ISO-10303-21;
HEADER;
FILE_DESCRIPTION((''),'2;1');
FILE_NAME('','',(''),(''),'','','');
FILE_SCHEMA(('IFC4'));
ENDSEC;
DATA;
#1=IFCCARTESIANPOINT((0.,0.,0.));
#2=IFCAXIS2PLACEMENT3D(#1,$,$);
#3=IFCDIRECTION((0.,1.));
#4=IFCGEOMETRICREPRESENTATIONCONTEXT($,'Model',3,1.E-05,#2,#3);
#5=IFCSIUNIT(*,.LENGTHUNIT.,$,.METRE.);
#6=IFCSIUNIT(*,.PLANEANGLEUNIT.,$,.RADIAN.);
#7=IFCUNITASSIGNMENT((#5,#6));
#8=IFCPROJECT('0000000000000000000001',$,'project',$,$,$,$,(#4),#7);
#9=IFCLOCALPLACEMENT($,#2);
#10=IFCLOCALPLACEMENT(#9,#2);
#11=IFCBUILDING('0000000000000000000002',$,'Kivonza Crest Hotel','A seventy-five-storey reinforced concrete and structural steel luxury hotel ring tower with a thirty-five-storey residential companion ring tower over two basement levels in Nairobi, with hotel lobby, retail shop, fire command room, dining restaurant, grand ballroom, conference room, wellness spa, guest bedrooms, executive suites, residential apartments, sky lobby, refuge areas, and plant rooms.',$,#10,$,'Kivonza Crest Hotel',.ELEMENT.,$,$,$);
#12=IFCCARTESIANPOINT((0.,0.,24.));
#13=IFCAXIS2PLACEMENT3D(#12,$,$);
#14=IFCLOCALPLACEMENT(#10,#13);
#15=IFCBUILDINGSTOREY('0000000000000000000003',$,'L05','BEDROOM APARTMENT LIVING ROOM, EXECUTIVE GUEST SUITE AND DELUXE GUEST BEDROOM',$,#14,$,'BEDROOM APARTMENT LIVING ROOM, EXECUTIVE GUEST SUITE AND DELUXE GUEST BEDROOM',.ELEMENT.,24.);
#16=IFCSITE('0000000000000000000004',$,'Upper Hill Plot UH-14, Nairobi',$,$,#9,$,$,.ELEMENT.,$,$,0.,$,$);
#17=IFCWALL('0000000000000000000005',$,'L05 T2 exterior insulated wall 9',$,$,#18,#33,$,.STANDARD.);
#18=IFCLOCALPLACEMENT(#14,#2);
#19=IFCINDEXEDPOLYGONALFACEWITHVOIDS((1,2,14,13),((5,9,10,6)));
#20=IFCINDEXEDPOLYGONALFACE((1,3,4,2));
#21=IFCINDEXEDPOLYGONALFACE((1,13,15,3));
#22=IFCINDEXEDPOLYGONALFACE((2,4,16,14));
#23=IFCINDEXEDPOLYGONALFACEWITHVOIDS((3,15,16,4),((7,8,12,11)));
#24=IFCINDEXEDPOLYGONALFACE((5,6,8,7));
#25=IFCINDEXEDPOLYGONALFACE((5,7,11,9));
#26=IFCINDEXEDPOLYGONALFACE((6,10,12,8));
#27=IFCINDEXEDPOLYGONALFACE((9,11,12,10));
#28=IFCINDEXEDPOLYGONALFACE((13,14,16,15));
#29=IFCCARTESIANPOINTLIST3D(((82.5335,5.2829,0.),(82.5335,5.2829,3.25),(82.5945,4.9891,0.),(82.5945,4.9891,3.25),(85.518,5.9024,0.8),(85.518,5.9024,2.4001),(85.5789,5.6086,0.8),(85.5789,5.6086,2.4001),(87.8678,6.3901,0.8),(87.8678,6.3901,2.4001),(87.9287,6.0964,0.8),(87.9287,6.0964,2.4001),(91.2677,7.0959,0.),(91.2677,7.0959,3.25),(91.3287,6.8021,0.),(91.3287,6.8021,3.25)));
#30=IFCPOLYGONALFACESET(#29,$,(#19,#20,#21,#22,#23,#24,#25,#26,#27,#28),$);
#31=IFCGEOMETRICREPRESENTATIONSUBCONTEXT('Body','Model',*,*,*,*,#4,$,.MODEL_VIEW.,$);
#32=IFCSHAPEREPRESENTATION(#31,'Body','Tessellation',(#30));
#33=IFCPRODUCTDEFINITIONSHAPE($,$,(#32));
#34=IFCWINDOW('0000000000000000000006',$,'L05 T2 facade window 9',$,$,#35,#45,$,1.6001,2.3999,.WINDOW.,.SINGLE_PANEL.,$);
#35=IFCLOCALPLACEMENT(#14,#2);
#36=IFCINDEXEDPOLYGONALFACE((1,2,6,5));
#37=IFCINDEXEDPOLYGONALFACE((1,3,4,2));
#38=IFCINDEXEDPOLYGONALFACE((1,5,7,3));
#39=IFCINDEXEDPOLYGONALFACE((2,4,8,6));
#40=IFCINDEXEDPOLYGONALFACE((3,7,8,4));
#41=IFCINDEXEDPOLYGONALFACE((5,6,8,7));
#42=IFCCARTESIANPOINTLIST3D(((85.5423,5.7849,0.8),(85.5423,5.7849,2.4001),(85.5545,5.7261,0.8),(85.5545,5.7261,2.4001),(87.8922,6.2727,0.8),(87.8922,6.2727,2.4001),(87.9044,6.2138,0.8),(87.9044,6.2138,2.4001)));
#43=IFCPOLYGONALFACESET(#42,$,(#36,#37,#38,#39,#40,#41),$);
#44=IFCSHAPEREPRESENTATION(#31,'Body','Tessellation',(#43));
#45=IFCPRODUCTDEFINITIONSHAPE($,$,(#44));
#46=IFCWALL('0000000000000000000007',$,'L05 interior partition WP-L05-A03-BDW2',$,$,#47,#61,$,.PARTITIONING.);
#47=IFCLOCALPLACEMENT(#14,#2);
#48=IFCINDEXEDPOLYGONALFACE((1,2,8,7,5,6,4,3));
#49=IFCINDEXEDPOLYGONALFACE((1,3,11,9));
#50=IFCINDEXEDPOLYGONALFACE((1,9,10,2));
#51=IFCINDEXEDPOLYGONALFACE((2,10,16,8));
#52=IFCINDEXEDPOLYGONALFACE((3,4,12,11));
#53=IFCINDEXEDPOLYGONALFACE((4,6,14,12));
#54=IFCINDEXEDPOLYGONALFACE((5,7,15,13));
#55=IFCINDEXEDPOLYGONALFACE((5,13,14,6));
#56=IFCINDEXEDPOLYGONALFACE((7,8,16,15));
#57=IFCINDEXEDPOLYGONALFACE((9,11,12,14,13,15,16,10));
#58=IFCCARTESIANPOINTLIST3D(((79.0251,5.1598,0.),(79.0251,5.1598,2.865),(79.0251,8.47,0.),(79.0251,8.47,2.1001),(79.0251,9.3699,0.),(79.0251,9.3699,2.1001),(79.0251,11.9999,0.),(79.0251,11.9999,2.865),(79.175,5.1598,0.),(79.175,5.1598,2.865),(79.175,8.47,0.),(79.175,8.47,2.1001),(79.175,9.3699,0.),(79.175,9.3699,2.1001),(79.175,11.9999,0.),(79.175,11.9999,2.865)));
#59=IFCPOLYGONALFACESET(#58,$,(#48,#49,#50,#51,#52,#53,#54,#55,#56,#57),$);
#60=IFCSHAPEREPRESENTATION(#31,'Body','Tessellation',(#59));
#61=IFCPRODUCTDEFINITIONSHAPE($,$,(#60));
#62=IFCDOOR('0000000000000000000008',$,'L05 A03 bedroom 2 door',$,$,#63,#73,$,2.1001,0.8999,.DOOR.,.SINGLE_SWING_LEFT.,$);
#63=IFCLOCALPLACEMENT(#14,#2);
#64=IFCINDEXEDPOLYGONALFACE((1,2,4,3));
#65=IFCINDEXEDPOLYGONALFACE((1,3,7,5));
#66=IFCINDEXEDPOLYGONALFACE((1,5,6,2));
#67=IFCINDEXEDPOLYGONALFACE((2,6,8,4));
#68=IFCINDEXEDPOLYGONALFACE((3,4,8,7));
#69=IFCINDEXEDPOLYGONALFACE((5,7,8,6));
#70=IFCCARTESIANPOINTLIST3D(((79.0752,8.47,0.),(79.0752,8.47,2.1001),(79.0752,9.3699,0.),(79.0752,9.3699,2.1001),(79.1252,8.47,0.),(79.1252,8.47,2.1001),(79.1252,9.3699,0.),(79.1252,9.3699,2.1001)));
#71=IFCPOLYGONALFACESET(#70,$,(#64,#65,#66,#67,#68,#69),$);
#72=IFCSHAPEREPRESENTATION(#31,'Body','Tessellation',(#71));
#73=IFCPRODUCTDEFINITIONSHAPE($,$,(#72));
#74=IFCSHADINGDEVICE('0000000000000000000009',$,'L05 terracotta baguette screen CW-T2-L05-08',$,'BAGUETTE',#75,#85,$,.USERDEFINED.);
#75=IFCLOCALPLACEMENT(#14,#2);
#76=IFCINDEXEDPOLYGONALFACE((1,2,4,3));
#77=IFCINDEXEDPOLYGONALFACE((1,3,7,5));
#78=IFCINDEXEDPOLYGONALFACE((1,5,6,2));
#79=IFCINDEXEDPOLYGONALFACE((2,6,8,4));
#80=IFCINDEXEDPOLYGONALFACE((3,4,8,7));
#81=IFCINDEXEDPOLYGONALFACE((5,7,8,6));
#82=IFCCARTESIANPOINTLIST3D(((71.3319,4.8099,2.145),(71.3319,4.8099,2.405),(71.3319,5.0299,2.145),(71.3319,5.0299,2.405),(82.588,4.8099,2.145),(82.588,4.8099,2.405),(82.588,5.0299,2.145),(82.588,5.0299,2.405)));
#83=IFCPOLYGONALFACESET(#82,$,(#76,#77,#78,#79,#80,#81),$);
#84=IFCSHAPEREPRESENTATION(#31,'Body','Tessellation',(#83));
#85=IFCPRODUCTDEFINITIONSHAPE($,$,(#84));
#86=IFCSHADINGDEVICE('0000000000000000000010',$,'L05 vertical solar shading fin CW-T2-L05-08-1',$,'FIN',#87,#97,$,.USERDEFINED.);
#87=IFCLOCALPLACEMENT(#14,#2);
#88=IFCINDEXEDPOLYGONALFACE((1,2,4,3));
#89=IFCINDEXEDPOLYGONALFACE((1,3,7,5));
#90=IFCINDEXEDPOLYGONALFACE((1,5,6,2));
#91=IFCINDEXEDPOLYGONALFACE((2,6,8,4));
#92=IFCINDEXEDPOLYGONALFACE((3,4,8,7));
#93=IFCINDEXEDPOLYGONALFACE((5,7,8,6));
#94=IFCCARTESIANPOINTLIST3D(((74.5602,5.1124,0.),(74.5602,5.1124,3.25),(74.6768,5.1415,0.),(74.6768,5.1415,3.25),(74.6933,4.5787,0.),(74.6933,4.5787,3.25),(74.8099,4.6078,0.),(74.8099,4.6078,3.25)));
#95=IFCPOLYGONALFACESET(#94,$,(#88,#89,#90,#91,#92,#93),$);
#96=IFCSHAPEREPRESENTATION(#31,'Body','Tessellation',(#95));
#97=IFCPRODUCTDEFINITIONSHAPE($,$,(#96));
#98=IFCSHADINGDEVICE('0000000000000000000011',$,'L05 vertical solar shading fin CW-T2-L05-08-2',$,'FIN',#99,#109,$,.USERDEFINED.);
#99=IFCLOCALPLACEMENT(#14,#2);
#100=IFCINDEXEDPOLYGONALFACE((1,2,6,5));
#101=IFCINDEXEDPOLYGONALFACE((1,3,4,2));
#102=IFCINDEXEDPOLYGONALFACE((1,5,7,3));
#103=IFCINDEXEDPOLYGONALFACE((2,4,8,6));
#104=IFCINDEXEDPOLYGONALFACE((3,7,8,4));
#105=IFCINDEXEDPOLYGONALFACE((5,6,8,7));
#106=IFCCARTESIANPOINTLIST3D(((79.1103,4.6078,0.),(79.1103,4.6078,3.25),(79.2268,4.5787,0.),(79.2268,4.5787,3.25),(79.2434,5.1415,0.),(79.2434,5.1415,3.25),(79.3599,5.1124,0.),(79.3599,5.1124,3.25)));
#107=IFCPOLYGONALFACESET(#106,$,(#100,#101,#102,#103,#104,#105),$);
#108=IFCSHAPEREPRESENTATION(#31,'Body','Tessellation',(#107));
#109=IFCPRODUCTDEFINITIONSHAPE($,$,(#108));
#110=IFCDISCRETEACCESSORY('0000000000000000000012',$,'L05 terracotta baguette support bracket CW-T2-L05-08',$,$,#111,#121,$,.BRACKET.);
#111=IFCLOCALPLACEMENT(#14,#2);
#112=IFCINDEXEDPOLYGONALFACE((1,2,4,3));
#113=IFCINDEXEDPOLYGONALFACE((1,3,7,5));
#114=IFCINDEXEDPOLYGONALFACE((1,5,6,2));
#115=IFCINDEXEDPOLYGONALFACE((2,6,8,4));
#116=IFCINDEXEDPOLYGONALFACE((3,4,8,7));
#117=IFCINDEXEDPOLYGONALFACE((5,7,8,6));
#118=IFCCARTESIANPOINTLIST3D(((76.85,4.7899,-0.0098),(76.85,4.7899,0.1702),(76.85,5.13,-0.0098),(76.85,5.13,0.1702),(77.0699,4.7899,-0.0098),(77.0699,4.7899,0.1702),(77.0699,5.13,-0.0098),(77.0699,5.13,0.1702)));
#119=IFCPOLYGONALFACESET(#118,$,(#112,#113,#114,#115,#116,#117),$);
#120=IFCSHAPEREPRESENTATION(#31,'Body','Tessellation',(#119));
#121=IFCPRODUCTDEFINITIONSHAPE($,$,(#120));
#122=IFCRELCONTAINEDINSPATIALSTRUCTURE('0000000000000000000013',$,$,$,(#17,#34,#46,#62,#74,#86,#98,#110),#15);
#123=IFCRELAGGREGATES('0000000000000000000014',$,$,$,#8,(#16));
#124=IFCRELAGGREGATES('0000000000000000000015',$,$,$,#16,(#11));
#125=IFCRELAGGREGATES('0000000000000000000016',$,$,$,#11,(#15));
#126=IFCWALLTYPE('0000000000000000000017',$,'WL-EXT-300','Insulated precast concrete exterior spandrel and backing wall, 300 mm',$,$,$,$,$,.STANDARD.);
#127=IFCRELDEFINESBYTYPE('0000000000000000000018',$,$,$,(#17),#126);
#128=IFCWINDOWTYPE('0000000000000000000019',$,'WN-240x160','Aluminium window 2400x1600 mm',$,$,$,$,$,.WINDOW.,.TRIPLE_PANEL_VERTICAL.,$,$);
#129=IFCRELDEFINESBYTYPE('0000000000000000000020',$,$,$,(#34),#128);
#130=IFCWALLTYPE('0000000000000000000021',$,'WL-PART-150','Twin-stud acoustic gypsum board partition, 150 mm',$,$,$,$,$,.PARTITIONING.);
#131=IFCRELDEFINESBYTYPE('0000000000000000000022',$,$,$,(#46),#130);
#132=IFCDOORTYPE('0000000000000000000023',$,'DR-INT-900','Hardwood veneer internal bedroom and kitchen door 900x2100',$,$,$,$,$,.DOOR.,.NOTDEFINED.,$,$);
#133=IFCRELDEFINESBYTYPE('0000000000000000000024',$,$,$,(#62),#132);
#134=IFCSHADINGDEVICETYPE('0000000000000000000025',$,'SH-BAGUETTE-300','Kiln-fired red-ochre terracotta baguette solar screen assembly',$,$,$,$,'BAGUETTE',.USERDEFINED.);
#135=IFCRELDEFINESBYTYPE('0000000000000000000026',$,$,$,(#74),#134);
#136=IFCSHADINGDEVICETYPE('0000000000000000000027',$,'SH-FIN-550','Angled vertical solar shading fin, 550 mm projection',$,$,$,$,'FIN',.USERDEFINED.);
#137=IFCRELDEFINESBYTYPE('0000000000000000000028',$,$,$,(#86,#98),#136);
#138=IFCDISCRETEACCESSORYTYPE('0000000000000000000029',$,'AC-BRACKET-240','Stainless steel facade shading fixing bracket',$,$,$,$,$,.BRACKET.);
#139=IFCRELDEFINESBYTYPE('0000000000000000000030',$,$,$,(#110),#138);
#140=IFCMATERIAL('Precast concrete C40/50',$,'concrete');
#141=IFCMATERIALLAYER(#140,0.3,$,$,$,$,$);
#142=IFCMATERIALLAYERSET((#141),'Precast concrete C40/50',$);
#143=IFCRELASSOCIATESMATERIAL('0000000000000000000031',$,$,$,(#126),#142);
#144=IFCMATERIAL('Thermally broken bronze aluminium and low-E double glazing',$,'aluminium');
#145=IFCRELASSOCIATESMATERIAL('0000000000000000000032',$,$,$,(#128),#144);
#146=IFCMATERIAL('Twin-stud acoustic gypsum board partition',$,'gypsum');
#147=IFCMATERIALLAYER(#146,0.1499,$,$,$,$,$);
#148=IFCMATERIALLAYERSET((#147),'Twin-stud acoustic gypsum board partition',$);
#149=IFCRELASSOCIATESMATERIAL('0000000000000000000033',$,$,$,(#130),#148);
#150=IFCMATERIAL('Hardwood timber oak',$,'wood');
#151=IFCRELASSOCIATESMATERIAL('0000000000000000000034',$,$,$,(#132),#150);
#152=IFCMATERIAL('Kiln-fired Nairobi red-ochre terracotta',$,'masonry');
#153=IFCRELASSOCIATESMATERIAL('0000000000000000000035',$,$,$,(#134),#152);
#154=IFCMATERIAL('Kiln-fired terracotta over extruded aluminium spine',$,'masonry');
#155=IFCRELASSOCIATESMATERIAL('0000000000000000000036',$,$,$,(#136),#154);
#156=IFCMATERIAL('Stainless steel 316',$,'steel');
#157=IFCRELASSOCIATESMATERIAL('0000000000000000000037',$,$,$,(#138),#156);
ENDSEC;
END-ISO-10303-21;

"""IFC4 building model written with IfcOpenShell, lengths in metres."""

from ifc_helpers import new_model, si_unit, direction, frame, frame_2d, origin, origin_2d, place, context, subcontext, project, spatial, rectangle, extrude, material, layer, layer_set, type_object, element, fill, save


model = new_model("IFC4")

# Units and contexts
model_context = context("Model", 3, precision=1e-05, world=origin(), true_north=direction((0.0, 1.0)))
body_context = subcontext(model_context, "Body", "Model", "MODEL_VIEW")
ifc_project = project(units=[si_unit("LENGTHUNIT", "METRE"), si_unit("PLANEANGLEUNIT", "RADIAN")], contexts=[model_context])

# Site, building, storey
site_placement = place(None, origin())
site = spatial("IfcSite", under=ifc_project, at=site_placement, Name="Upper Hill Plot UH-14, Nairobi", CompositionType="ELEMENT", RefElevation=0.0)
building_placement = place(site_placement, origin())
building = spatial("IfcBuilding", under=site, at=building_placement, Name="Kivonza Crest Hotel", Description="A seventy-five-storey reinforced concrete and structural steel luxury hotel ring tower with a thirty-five-storey residential companion ring tower over two basement levels in Nairobi, with hotel lobby, retail shop, fire command room, dining restaurant, grand ballroom, conference room, wellness spa, guest bedrooms, executive suites, residential apartments, sky lobby, refuge areas, and plant rooms.", LongName="Kivonza Crest Hotel", CompositionType="ELEMENT")
storey_placement = place(building_placement, frame((0.0, 0.0, 24.0)))
storey = spatial("IfcBuildingStorey", under=building, at=storey_placement, Name="L05", Description="BEDROOM APARTMENT LIVING ROOM, EXECUTIVE GUEST SUITE AND DELUXE GUEST BEDROOM", LongName="BEDROOM APARTMENT LIVING ROOM, EXECUTIVE GUEST SUITE AND DELUXE GUEST BEDROOM", CompositionType="ELEMENT", Elevation=24.0)

# Wall, opening, window
ifc_material_1 = material(Name="Precast concrete C40/50", Category="concrete")
ifc_layer_1 = layer(ifc_material_1, 0.3)
ifc_layer_set_1 = layer_set([ifc_layer_1], Name="Precast concrete C40/50")
wall_type_1 = type_object("IfcWallType", Name="WL-EXT-300", Description="Insulated precast concrete exterior spandrel and backing wall, 300 mm", PredefinedType="STANDARD", material=ifc_layer_set_1)
wall_1_placement = place(storey_placement, frame((82.564, 5.136, 0.0), z_axis=(0.0, 0.0, 1.0), x_axis=(0.979128, 0.203243, 0.0)))
wall_1 = element("IfcWall", 1, at=wall_1_placement, inside=storey, type_object=wall_type_1, Name="L05 T2 exterior insulated wall 9", PredefinedType="STANDARD", context=body_context, shape_type="SweptSolid", body=[
    extrude(rectangle(XDim=8.9204, YDim=0.3, at=frame_2d((4.4602, 0.0))), origin(), (0.0, 0.0, 1.0), 3.25),
])
opening_1_placement = place(wall_1_placement, frame((3.0481, 0.0, 0.8)))
opening_1 = element("IfcOpeningElement", 2, at=opening_1_placement, cuts=wall_1, PredefinedType="OPENING", context=body_context, shape_type="SweptSolid", body=[
    extrude(rectangle(XDim=2.3999, YDim=1.6001, at=frame_2d((1.2, 0.8))), frame((0.0, 0.1602, 0.0), z_axis=(0.0, -1.0, 0.0), x_axis=(1.0, 0.0, 0.0)), (0.0, 0.0, 1.0), 0.3201),
])
ifc_material_2 = material(Name="Thermally broken bronze aluminium and low-E double glazing", Category="aluminium")
window_type = type_object("IfcWindowType", Name="WN-240x160", Description="Aluminium window 2400x1600 mm", PartitioningType="TRIPLE_PANEL_VERTICAL", PredefinedType="WINDOW", material=ifc_material_2)
window_placement = place(opening_1_placement, origin())
window = element("IfcWindow", 3, at=window_placement, inside=storey, type_object=window_type, Name="L05 T2 facade window 9", OverallHeight=1.6001, OverallWidth=2.3999, PartitioningType="SINGLE_PANEL", PredefinedType="WINDOW", context=body_context, shape_type="SweptSolid", body=[
    extrude(rectangle(XDim=2.3999, YDim=1.6001, at=frame_2d((1.2, 0.8))), frame((0.0, 0.03, 0.0), z_axis=(0.0, -1.0, 0.0), x_axis=(1.0, 0.0, 0.0)), (0.0, 0.0, 1.0), 0.0601),
])
fill(opening_1, window)

# Wall, opening, door
ifc_material_3 = material(Name="Twin-stud acoustic gypsum board partition", Category="gypsum")
ifc_layer_2 = layer(ifc_material_3, 0.1499)
ifc_layer_set_2 = layer_set([ifc_layer_2], Name="Twin-stud acoustic gypsum board partition")
wall_type_2 = type_object("IfcWallType", Name="WL-PART-150", Description="Twin-stud acoustic gypsum board partition, 150 mm", PredefinedType="PARTITIONING", material=ifc_layer_set_2)
wall_2_placement = place(storey_placement, frame((79.1001, 5.1599, 0.0), z_axis=(0.0, 0.0, 1.0), x_axis=(0.0, 1.0, 0.0)))
wall_2 = element("IfcWall", 4, at=wall_2_placement, inside=storey, type_object=wall_type_2, Name="L05 interior partition WP-L05-A03-BDW2", PredefinedType="PARTITIONING", context=body_context, shape_type="SweptSolid", body=[
    extrude(rectangle(XDim=6.8401, YDim=0.1499, at=frame_2d((3.4199, 0.0))), origin(), (0.0, 0.0, 1.0), 2.865),
])
opening_2_placement = place(wall_2_placement, frame((3.3101, 0.0, 0.0)))
opening_2 = element("IfcOpeningElement", 5, at=opening_2_placement, cuts=wall_2, PredefinedType="OPENING", context=body_context, shape_type="SweptSolid", body=[
    extrude(rectangle(XDim=0.8999, YDim=2.1001, at=frame_2d((0.45, 1.05))), frame((0.0, 0.085, 0.0), z_axis=(0.0, -1.0, 0.0), x_axis=(1.0, 0.0, 0.0)), (0.0, 0.0, 1.0), 0.1699),
])
ifc_material_4 = material(Name="Hardwood timber oak", Category="wood")
door_type = type_object("IfcDoorType", Name="DR-INT-900", Description="Hardwood veneer internal bedroom and kitchen door 900x2100", OperationType="NOTDEFINED", PredefinedType="DOOR", material=ifc_material_4)
door_placement = place(opening_2_placement, origin())
door = element("IfcDoor", 6, at=door_placement, inside=storey, type_object=door_type, Name="L05 A03 bedroom 2 door", OperationType="SINGLE_SWING_LEFT", OverallHeight=2.1001, OverallWidth=0.8999, PredefinedType="DOOR", context=body_context, shape_type="SweptSolid", body=[
    extrude(rectangle(XDim=0.8999, YDim=2.1001, at=frame_2d((0.45, 1.05))), frame((0.0, 0.0249, 0.0), z_axis=(0.0, -1.0, 0.0), x_axis=(1.0, 0.0, 0.0)), (0.0, 0.0, 1.0), 0.05),
])
fill(opening_2, door)

# Shading devices
ifc_material_5 = material(Name="Kiln-fired Nairobi red-ochre terracotta", Category="masonry")
shading_device_type_1 = type_object("IfcShadingDeviceType", Name="SH-BAGUETTE-300", Description="Kiln-fired red-ochre terracotta baguette solar screen assembly", ElementType="BAGUETTE", PredefinedType="USERDEFINED", material=ifc_material_5)
shading_device_placement = place(storey_placement, frame((76.96, 4.9199, 2.145), z_axis=(0.0, 0.0, 1.0), x_axis=(1.0, 0.0, 0.0)))
element("IfcShadingDevice", 7, at=shading_device_placement, inside=storey, type_object=shading_device_type_1, Name="L05 terracotta baguette screen CW-T2-L05-08", ObjectType="BAGUETTE", PredefinedType="USERDEFINED", context=body_context, shape_type="SweptSolid", body=[
    extrude(rectangle(XDim=11.2561, YDim=0.22, at=origin_2d()), origin(), (0.0, 0.0, 1.0), 0.26),
])
ifc_material_6 = material(Name="Kiln-fired terracotta over extruded aluminium spine", Category="masonry")
shading_device_type_2 = type_object("IfcShadingDeviceType", Name="SH-FIN-550", Description="Angled vertical solar shading fin, 550 mm projection", ElementType="FIN", PredefinedType="USERDEFINED", material=ifc_material_6)
for number, where, z_axis, x_axis, name in (
    (8, (74.6851, 4.8601, 0.0), (0.0, 0.0, 1.0), (0.970296, 0.241922, 0.0), "L05 vertical solar shading fin CW-T2-L05-08-1"),
    (9, (79.2351, 4.8601, 0.0), (0.0, 0.0, 1.0), (0.970296, -0.241922, 0.0), "L05 vertical solar shading fin CW-T2-L05-08-2"),
):
    element("IfcShadingDevice", number, at=place(storey_placement, frame(where, z_axis=z_axis, x_axis=x_axis)), inside=storey, type_object=shading_device_type_2, Name=name, ObjectType="FIN", PredefinedType="USERDEFINED", context=body_context, shape_type="SweptSolid", body=[
        extrude(rectangle(XDim=0.1201, YDim=0.55, at=origin_2d()), origin(), (0.0, 0.0, 1.0), 3.25),
    ])

# Discrete accessory
ifc_material_7 = material(Name="Stainless steel 316", Category="steel")
discrete_accessory_type = type_object("IfcDiscreteAccessoryType", Name="AC-BRACKET-240", Description="Stainless steel facade shading fixing bracket", PredefinedType="BRACKET", material=ifc_material_7)
discrete_accessory_placement = place(storey_placement, frame((76.96, 4.96, -0.0098), z_axis=(0.0, 0.0, 1.0), x_axis=(1.0, 0.0, 0.0)))
element("IfcDiscreteAccessory", 10, at=discrete_accessory_placement, inside=storey, type_object=discrete_accessory_type, Name="L05 terracotta baguette support bracket CW-T2-L05-08", PredefinedType="BRACKET", context=body_context, shape_type="SweptSolid", body=[
    extrude(rectangle(XDim=0.22, YDim=0.3401, at=origin_2d()), origin(), (0.0, 0.0, 1.0), 0.1799),
])

save(model, "model.ifc")
